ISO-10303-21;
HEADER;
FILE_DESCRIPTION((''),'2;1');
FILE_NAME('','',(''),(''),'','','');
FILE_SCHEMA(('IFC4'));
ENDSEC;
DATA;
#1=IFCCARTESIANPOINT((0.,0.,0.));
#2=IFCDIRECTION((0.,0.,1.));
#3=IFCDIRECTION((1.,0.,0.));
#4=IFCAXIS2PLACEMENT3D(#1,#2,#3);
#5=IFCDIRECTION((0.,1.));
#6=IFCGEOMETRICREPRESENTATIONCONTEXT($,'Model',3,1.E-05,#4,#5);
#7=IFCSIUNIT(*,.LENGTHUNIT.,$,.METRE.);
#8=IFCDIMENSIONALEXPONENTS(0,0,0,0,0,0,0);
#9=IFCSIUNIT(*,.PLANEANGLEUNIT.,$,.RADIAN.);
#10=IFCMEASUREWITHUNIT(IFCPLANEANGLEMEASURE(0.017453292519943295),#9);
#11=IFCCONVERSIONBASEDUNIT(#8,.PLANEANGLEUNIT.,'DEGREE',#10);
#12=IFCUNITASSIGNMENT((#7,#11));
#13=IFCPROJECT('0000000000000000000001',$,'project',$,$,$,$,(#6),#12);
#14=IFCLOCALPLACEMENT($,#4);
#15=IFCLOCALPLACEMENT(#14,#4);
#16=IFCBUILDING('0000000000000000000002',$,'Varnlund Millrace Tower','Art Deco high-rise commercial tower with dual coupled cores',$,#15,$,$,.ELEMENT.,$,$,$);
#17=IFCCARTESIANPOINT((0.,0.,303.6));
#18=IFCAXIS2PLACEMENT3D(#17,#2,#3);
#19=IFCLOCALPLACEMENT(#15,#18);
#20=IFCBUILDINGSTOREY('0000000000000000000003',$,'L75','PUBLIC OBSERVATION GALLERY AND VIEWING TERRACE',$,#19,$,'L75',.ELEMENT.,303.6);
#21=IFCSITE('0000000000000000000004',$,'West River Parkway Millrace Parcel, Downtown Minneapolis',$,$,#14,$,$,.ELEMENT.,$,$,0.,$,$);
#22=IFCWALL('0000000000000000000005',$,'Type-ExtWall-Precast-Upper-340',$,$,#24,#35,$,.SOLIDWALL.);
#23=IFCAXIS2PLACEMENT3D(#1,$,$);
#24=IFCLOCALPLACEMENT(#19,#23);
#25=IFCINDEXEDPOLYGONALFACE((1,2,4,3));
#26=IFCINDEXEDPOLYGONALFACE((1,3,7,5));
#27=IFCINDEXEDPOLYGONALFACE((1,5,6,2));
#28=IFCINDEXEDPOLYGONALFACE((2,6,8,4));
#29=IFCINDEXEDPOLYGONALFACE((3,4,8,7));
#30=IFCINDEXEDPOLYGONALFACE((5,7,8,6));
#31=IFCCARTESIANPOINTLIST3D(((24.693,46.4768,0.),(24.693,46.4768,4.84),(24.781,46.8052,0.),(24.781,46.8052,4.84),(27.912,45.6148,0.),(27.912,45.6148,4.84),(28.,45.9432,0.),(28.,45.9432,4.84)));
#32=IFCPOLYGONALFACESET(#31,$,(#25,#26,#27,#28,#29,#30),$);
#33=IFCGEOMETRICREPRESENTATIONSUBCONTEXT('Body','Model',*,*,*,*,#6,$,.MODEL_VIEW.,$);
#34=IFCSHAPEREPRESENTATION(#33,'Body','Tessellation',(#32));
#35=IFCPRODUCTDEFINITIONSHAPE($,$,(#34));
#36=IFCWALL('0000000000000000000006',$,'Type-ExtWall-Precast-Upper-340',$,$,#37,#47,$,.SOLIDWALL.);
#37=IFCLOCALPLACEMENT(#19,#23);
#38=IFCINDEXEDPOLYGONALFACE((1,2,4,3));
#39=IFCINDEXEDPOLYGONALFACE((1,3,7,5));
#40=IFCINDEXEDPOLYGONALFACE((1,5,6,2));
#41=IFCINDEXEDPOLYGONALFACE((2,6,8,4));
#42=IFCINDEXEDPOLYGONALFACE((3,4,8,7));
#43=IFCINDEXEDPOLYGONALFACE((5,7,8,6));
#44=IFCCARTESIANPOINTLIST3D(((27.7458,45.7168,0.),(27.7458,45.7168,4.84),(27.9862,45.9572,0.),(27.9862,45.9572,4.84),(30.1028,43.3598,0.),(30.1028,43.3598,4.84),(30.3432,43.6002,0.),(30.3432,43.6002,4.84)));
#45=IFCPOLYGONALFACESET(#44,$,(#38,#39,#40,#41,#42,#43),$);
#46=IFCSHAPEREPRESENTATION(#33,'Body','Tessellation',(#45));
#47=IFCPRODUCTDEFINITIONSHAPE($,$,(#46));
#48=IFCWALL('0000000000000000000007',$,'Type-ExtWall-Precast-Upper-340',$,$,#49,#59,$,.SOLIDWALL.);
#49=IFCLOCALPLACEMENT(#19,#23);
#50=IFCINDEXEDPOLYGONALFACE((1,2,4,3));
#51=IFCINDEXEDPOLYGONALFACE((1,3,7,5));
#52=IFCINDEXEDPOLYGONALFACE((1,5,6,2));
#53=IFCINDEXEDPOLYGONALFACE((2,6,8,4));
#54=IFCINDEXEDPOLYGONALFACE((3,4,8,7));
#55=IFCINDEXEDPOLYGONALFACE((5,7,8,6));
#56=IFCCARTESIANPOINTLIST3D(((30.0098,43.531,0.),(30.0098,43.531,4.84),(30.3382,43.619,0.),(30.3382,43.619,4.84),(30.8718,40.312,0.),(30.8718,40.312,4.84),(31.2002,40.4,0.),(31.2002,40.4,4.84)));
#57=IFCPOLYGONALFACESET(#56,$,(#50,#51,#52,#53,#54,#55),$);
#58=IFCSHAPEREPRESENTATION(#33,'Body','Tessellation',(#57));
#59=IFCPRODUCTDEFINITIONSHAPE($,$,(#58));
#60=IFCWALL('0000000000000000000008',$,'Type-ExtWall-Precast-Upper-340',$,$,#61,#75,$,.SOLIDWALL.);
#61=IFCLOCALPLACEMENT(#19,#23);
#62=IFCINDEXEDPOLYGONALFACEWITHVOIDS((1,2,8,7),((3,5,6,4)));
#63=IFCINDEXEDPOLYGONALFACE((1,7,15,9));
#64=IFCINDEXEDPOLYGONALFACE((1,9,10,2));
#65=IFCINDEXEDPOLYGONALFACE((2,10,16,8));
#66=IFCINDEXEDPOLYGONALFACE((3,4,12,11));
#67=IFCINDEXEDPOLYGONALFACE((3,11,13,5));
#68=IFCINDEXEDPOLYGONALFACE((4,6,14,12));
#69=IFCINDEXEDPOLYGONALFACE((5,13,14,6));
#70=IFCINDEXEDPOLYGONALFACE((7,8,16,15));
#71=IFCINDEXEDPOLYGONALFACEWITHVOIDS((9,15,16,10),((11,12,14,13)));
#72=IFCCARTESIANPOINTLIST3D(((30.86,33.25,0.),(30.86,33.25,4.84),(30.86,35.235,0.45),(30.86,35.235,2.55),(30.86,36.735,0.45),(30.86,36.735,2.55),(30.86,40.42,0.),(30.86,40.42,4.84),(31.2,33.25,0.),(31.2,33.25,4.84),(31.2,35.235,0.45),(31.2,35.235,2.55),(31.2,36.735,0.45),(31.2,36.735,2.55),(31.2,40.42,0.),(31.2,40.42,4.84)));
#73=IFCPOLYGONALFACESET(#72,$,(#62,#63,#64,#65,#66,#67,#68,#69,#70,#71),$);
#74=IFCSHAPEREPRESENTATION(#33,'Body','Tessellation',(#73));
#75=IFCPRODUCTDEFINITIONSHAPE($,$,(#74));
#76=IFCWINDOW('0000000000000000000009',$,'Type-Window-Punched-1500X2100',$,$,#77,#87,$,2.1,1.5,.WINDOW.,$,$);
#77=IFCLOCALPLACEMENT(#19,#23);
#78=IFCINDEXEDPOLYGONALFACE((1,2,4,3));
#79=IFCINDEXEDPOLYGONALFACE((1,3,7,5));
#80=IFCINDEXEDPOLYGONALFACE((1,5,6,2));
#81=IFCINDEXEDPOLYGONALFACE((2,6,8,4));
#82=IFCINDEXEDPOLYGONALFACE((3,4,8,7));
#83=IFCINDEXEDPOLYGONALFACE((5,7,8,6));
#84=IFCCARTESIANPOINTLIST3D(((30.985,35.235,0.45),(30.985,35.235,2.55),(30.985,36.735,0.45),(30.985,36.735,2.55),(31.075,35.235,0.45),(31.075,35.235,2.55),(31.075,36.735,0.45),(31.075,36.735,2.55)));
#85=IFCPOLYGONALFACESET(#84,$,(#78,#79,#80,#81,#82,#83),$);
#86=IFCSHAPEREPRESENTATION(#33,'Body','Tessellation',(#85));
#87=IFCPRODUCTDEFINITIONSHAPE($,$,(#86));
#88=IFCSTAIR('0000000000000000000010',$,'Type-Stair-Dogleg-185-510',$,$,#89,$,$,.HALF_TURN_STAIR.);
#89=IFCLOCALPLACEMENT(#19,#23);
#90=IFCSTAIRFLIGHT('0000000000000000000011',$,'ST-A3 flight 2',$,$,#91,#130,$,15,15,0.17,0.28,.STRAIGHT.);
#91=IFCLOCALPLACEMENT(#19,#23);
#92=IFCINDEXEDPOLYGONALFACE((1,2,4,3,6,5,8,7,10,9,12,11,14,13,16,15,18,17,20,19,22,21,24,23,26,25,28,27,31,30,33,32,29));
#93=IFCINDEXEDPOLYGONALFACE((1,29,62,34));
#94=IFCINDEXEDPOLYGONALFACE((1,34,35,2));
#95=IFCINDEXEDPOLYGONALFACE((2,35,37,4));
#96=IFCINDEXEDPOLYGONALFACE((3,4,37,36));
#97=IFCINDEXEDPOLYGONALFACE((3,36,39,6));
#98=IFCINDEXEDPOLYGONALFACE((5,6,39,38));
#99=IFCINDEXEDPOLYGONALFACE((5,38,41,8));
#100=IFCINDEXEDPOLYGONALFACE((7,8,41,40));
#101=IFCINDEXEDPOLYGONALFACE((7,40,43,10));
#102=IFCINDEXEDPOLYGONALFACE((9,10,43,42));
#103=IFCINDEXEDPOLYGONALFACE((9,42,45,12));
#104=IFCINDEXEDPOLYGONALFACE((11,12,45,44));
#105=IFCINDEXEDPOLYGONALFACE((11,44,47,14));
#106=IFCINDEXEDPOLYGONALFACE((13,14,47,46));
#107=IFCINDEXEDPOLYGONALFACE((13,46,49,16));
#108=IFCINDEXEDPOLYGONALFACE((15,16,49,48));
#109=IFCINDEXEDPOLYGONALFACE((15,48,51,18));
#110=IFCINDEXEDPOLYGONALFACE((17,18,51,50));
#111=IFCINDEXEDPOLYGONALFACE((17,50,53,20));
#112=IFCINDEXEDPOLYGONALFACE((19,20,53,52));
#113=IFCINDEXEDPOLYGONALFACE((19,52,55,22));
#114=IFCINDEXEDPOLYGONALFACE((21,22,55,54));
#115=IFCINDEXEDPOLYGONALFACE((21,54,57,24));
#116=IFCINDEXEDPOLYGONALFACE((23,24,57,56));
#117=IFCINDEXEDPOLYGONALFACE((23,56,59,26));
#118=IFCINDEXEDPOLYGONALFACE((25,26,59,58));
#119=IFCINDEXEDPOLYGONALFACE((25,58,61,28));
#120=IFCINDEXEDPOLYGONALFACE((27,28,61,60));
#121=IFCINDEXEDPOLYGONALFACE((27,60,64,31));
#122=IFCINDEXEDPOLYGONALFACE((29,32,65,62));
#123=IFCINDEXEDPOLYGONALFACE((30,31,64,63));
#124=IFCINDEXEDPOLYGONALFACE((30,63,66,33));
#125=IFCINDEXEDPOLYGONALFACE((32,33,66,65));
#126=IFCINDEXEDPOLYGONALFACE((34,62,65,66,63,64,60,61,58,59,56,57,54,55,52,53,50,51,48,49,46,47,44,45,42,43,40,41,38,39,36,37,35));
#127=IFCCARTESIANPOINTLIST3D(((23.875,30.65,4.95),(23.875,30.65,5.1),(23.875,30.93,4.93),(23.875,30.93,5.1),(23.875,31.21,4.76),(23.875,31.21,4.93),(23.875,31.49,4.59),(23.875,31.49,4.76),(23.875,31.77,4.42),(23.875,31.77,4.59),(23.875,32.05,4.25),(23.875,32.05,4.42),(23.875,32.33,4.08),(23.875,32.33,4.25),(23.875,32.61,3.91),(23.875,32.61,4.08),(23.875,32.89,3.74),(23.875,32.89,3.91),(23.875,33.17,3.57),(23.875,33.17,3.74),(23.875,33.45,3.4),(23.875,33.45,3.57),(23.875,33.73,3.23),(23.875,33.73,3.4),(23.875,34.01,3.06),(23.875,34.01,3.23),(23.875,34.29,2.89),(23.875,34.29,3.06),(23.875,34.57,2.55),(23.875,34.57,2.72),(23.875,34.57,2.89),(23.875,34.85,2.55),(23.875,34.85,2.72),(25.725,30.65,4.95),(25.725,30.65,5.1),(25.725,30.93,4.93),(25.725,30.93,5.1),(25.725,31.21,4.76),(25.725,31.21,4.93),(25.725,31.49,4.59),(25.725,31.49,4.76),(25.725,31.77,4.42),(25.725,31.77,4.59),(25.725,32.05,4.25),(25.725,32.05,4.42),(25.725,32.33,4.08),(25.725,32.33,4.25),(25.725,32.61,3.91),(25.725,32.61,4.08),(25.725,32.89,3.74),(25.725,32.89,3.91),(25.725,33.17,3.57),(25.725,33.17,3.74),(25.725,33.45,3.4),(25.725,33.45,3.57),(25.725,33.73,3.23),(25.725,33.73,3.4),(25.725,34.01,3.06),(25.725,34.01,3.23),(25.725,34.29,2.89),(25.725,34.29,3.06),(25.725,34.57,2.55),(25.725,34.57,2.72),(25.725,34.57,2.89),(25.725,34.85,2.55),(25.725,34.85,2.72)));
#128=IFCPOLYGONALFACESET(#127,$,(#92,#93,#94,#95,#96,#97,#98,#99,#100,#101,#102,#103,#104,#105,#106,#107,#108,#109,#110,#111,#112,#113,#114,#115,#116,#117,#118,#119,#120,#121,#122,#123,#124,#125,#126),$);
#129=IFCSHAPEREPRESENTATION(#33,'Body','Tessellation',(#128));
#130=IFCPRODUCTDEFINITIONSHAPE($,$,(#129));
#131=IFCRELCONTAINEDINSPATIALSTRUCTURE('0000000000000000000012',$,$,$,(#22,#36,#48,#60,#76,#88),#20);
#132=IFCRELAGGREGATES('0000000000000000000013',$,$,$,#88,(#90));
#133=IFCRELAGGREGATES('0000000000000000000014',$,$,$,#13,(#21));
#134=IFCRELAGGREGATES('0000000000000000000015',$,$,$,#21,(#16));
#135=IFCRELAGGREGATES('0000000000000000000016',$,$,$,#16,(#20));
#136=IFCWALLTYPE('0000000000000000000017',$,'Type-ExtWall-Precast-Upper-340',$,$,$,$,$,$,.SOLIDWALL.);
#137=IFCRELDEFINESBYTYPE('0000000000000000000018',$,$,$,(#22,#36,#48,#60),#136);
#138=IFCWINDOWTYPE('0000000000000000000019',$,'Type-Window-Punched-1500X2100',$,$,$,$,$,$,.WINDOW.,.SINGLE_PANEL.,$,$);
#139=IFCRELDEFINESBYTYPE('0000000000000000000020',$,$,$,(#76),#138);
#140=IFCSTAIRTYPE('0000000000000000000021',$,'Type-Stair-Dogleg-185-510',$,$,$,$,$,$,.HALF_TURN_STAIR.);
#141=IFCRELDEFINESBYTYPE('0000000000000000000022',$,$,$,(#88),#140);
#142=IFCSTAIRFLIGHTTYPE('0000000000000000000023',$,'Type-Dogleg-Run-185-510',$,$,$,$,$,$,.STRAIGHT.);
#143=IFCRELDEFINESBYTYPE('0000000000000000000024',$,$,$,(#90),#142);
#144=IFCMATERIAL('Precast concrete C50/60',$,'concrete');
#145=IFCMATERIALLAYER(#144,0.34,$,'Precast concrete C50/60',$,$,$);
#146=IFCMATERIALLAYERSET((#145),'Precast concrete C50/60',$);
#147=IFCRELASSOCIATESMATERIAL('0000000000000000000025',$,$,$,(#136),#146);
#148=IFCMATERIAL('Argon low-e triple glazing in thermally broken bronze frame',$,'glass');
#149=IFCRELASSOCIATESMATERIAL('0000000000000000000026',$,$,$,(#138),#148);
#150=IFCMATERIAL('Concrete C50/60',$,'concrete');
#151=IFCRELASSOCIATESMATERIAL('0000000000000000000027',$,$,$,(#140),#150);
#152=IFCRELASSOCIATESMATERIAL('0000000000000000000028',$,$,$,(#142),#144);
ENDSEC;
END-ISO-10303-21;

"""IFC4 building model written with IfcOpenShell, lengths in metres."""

from ifc_helpers import new_model, entity, si_unit, converted_unit, direction, frame, origin_with_axes, origin_2d_with_axis, place, context, subcontext, project, spatial, polyline, rectangle, outline, extrude, material, layer, layer_set, type_object, element, fill, aggregate, save


model = new_model("IFC4")

# Units and contexts
model_context = context("Model", 3, precision=1e-05, world=origin_with_axes(), true_north=direction((0.0, 1.0)))
body_context = subcontext(model_context, "Body", "Model", "MODEL_VIEW")
ifc_project = project(units=[si_unit("LENGTHUNIT", "METRE"), converted_unit("PLANEANGLEUNIT", "DEGREE", entity("IfcPlaneAngleMeasure", 0.017453292519943295), si_unit("PLANEANGLEUNIT", "RADIAN"), dimensions=[0, 0, 0, 0, 0, 0, 0])], contexts=[model_context])

# Site, building, storey
site_placement = place(None, origin_with_axes())
site = spatial("IfcSite", under=ifc_project, at=site_placement, Name="West River Parkway Millrace Parcel, Downtown Minneapolis", CompositionType="ELEMENT", RefElevation=0.0)
building_placement = place(site_placement, origin_with_axes())
building = spatial("IfcBuilding", under=site, at=building_placement, Name="Varnlund Millrace Tower", Description="Art Deco high-rise commercial tower with dual coupled cores", CompositionType="ELEMENT")
storey_placement = place(building_placement, frame((0.0, 0.0, 303.6), z_axis=(0.0, 0.0, 1.0), x_axis=(1.0, 0.0, 0.0)))
storey = spatial("IfcBuildingStorey", under=building, at=storey_placement, Name="L75", Description="PUBLIC OBSERVATION GALLERY AND VIEWING TERRACE", LongName="L75", CompositionType="ELEMENT", Elevation=303.6)

# Shared definitions
ifc_material_1 = material(Name="Precast concrete C50/60", Category="concrete")
ifc_layer_1 = layer(ifc_material_1, 0.34, Name="Precast concrete C50/60")
ifc_layer_set_1 = layer_set([ifc_layer_1], Name="Precast concrete C50/60")
wall_type = type_object("IfcWallType", Name="Type-ExtWall-Precast-Upper-340", PredefinedType="SOLIDWALL", material=ifc_layer_set_1)
ifc_material_2 = material(Name="Argon low-e triple glazing in thermally broken bronze frame", Category="glass")
window_type = type_object("IfcWindowType", Name="Type-Window-Punched-1500X2100", PartitioningType="SINGLE_PANEL", PredefinedType="WINDOW", material=ifc_material_2)

# Walls
wall_1_placement = place(storey_placement, frame((24.737, 46.641, 0.0), z_axis=(0.0, 0.0, 1.0), x_axis=(0.965965, -0.258671, 0.0)))
element("IfcWall", 1, at=wall_1_placement, inside=storey, type_object=wall_type, Name="Type-ExtWall-Precast-Upper-340", PredefinedType="SOLIDWALL", context=body_context, shape_type="SweptSolid", body=[
    extrude(outline(polyline([(0.0, -0.17), (3.3324, -0.17), (3.3324, 0.17), (0.0, 0.17), (0.0, -0.17)])), origin_with_axes(), (0.0, 0.0, 1.0), 4.84),
])
wall_2_placement = place(storey_placement, frame((27.866, 45.837, 0.0), z_axis=(0.0, 0.0, 1.0), x_axis=(0.707107, -0.707107, 0.0)))
element("IfcWall", 2, at=wall_2_placement, inside=storey, type_object=wall_type, Name="Type-ExtWall-Precast-Upper-340", PredefinedType="SOLIDWALL", context=body_context, shape_type="SweptSolid", body=[
    extrude(outline(polyline([(0.0, -0.17), (3.3333, -0.17), (3.3333, 0.17), (0.0, 0.17), (0.0, -0.17)])), origin_with_axes(), (0.0, 0.0, 1.0), 4.84),
])
wall_3_placement = place(storey_placement, frame((30.174, 43.575, 0.0), z_axis=(0.0, 0.0, 1.0), x_axis=(0.258671, -0.965965, 0.0)))
element("IfcWall", 3, at=wall_3_placement, inside=storey, type_object=wall_type, Name="Type-ExtWall-Precast-Upper-340", PredefinedType="SOLIDWALL", context=body_context, shape_type="SweptSolid", body=[
    extrude(outline(polyline([(0.0, -0.17), (3.3324, -0.17), (3.3324, 0.17), (0.0, 0.17), (0.0, -0.17)])), origin_with_axes(), (0.0, 0.0, 1.0), 4.84),
])

# Wall, opening, window
wall_4_placement = place(storey_placement, frame((31.03, 40.42, 0.0), z_axis=(0.0, 0.0, 1.0), x_axis=(0.0, -1.0, 0.0)))
wall_4 = element("IfcWall", 4, at=wall_4_placement, inside=storey, type_object=wall_type, Name="Type-ExtWall-Precast-Upper-340", PredefinedType="SOLIDWALL", context=body_context, shape_type="SweptSolid", body=[
    extrude(outline(polyline([(0.0, -0.17), (7.17, -0.17), (7.17, 0.17), (0.0, 0.17), (0.0, -0.17)])), origin_with_axes(), (0.0, 0.0, 1.0), 4.84),
])
opening_1_placement = place(wall_4_placement, frame((4.435, 0.0, 0.45), z_axis=(0.0, 0.0, 1.0), x_axis=(1.0, 0.0, 0.0)))
opening_1 = element("IfcOpeningElement", 5, at=opening_1_placement, cuts=wall_4, PredefinedType="OPENING", context=body_context, shape_type="SweptSolid", body=[
    extrude(rectangle(XDim=1.5, YDim=0.36, at=origin_2d_with_axis()), origin_with_axes(), (0.0, 0.0, 1.0), 2.1),
])
window_1_placement = place(wall_4_placement, frame((4.435, 0.0, 0.45), z_axis=(0.0, 0.0, 1.0), x_axis=(1.0, 0.0, 0.0)))
window_1 = element("IfcWindow", 6, at=window_1_placement, inside=storey, type_object=window_type, Name="Type-Window-Punched-1500X2100", OverallHeight=2.1, OverallWidth=1.5, PredefinedType="WINDOW", context=body_context, shape_type="SweptSolid", body=[
    extrude(rectangle(XDim=1.5, YDim=0.09, at=origin_2d_with_axis()), origin_with_axes(), (0.0, 0.0, 1.0), 2.1),
])
fill(opening_1, window_1)

# Stair, stair flight
ifc_material_3 = material(Name="Concrete C50/60", Category="concrete")
stair_type = type_object("IfcStairType", Name="Type-Stair-Dogleg-185-510", PredefinedType="HALF_TURN_STAIR", material=ifc_material_3)
stair_placement = place(storey_placement, origin_with_axes())
stair = element("IfcStair", 7, at=stair_placement, inside=storey, type_object=stair_type, Name="Type-Stair-Dogleg-185-510", PredefinedType="HALF_TURN_STAIR")
stair_flight_type = type_object("IfcStairFlightType", Name="Type-Dogleg-Run-185-510", PredefinedType="STRAIGHT", material=ifc_material_1)
stair_flight_placement = place(storey_placement, frame((25.725, 34.85, 2.55), z_axis=(-1.0, 0.0, 0.0), x_axis=(0.0, -1.0, 0.0)))
stair_flight = element("IfcStairFlight", 8, at=stair_flight_placement, type_object=stair_flight_type, Name="ST-A3 flight 2", NumberOfRisers=15, NumberOfTreads=15, PredefinedType="STRAIGHT", RiserHeight=0.17, TreadLength=0.28, context=body_context, shape_type="SweptSolid", body=[
    extrude(outline(polyline([(0.0, 0.0), (0.0, 0.17), (0.28, 0.17), (0.28, 0.34), (0.56, 0.34), (0.56, 0.51), (0.84, 0.51), (0.84, 0.68), (1.12, 0.68), (1.12, 0.85), (1.4, 0.85), (1.4, 1.02), (1.68, 1.02), (1.68, 1.19), (1.96, 1.19), (1.96, 1.36), (2.24, 1.36), (2.24, 1.53), (2.52, 1.53), (2.52, 1.7), (2.8, 1.7), (2.8, 1.87), (3.08, 1.87), (3.08, 2.04), (3.36, 2.04), (3.36, 2.21), (3.64, 2.21), (3.64, 2.38), (3.92, 2.38), (3.92, 2.55), (4.2, 2.55), (4.2, 2.4), (0.28, 0.0), (0.0, 0.0)])), origin_with_axes(), (0.0, 0.0, 1.0), 1.85),
])
aggregate(stair, [stair_flight])

save(model, "model.ifc")
